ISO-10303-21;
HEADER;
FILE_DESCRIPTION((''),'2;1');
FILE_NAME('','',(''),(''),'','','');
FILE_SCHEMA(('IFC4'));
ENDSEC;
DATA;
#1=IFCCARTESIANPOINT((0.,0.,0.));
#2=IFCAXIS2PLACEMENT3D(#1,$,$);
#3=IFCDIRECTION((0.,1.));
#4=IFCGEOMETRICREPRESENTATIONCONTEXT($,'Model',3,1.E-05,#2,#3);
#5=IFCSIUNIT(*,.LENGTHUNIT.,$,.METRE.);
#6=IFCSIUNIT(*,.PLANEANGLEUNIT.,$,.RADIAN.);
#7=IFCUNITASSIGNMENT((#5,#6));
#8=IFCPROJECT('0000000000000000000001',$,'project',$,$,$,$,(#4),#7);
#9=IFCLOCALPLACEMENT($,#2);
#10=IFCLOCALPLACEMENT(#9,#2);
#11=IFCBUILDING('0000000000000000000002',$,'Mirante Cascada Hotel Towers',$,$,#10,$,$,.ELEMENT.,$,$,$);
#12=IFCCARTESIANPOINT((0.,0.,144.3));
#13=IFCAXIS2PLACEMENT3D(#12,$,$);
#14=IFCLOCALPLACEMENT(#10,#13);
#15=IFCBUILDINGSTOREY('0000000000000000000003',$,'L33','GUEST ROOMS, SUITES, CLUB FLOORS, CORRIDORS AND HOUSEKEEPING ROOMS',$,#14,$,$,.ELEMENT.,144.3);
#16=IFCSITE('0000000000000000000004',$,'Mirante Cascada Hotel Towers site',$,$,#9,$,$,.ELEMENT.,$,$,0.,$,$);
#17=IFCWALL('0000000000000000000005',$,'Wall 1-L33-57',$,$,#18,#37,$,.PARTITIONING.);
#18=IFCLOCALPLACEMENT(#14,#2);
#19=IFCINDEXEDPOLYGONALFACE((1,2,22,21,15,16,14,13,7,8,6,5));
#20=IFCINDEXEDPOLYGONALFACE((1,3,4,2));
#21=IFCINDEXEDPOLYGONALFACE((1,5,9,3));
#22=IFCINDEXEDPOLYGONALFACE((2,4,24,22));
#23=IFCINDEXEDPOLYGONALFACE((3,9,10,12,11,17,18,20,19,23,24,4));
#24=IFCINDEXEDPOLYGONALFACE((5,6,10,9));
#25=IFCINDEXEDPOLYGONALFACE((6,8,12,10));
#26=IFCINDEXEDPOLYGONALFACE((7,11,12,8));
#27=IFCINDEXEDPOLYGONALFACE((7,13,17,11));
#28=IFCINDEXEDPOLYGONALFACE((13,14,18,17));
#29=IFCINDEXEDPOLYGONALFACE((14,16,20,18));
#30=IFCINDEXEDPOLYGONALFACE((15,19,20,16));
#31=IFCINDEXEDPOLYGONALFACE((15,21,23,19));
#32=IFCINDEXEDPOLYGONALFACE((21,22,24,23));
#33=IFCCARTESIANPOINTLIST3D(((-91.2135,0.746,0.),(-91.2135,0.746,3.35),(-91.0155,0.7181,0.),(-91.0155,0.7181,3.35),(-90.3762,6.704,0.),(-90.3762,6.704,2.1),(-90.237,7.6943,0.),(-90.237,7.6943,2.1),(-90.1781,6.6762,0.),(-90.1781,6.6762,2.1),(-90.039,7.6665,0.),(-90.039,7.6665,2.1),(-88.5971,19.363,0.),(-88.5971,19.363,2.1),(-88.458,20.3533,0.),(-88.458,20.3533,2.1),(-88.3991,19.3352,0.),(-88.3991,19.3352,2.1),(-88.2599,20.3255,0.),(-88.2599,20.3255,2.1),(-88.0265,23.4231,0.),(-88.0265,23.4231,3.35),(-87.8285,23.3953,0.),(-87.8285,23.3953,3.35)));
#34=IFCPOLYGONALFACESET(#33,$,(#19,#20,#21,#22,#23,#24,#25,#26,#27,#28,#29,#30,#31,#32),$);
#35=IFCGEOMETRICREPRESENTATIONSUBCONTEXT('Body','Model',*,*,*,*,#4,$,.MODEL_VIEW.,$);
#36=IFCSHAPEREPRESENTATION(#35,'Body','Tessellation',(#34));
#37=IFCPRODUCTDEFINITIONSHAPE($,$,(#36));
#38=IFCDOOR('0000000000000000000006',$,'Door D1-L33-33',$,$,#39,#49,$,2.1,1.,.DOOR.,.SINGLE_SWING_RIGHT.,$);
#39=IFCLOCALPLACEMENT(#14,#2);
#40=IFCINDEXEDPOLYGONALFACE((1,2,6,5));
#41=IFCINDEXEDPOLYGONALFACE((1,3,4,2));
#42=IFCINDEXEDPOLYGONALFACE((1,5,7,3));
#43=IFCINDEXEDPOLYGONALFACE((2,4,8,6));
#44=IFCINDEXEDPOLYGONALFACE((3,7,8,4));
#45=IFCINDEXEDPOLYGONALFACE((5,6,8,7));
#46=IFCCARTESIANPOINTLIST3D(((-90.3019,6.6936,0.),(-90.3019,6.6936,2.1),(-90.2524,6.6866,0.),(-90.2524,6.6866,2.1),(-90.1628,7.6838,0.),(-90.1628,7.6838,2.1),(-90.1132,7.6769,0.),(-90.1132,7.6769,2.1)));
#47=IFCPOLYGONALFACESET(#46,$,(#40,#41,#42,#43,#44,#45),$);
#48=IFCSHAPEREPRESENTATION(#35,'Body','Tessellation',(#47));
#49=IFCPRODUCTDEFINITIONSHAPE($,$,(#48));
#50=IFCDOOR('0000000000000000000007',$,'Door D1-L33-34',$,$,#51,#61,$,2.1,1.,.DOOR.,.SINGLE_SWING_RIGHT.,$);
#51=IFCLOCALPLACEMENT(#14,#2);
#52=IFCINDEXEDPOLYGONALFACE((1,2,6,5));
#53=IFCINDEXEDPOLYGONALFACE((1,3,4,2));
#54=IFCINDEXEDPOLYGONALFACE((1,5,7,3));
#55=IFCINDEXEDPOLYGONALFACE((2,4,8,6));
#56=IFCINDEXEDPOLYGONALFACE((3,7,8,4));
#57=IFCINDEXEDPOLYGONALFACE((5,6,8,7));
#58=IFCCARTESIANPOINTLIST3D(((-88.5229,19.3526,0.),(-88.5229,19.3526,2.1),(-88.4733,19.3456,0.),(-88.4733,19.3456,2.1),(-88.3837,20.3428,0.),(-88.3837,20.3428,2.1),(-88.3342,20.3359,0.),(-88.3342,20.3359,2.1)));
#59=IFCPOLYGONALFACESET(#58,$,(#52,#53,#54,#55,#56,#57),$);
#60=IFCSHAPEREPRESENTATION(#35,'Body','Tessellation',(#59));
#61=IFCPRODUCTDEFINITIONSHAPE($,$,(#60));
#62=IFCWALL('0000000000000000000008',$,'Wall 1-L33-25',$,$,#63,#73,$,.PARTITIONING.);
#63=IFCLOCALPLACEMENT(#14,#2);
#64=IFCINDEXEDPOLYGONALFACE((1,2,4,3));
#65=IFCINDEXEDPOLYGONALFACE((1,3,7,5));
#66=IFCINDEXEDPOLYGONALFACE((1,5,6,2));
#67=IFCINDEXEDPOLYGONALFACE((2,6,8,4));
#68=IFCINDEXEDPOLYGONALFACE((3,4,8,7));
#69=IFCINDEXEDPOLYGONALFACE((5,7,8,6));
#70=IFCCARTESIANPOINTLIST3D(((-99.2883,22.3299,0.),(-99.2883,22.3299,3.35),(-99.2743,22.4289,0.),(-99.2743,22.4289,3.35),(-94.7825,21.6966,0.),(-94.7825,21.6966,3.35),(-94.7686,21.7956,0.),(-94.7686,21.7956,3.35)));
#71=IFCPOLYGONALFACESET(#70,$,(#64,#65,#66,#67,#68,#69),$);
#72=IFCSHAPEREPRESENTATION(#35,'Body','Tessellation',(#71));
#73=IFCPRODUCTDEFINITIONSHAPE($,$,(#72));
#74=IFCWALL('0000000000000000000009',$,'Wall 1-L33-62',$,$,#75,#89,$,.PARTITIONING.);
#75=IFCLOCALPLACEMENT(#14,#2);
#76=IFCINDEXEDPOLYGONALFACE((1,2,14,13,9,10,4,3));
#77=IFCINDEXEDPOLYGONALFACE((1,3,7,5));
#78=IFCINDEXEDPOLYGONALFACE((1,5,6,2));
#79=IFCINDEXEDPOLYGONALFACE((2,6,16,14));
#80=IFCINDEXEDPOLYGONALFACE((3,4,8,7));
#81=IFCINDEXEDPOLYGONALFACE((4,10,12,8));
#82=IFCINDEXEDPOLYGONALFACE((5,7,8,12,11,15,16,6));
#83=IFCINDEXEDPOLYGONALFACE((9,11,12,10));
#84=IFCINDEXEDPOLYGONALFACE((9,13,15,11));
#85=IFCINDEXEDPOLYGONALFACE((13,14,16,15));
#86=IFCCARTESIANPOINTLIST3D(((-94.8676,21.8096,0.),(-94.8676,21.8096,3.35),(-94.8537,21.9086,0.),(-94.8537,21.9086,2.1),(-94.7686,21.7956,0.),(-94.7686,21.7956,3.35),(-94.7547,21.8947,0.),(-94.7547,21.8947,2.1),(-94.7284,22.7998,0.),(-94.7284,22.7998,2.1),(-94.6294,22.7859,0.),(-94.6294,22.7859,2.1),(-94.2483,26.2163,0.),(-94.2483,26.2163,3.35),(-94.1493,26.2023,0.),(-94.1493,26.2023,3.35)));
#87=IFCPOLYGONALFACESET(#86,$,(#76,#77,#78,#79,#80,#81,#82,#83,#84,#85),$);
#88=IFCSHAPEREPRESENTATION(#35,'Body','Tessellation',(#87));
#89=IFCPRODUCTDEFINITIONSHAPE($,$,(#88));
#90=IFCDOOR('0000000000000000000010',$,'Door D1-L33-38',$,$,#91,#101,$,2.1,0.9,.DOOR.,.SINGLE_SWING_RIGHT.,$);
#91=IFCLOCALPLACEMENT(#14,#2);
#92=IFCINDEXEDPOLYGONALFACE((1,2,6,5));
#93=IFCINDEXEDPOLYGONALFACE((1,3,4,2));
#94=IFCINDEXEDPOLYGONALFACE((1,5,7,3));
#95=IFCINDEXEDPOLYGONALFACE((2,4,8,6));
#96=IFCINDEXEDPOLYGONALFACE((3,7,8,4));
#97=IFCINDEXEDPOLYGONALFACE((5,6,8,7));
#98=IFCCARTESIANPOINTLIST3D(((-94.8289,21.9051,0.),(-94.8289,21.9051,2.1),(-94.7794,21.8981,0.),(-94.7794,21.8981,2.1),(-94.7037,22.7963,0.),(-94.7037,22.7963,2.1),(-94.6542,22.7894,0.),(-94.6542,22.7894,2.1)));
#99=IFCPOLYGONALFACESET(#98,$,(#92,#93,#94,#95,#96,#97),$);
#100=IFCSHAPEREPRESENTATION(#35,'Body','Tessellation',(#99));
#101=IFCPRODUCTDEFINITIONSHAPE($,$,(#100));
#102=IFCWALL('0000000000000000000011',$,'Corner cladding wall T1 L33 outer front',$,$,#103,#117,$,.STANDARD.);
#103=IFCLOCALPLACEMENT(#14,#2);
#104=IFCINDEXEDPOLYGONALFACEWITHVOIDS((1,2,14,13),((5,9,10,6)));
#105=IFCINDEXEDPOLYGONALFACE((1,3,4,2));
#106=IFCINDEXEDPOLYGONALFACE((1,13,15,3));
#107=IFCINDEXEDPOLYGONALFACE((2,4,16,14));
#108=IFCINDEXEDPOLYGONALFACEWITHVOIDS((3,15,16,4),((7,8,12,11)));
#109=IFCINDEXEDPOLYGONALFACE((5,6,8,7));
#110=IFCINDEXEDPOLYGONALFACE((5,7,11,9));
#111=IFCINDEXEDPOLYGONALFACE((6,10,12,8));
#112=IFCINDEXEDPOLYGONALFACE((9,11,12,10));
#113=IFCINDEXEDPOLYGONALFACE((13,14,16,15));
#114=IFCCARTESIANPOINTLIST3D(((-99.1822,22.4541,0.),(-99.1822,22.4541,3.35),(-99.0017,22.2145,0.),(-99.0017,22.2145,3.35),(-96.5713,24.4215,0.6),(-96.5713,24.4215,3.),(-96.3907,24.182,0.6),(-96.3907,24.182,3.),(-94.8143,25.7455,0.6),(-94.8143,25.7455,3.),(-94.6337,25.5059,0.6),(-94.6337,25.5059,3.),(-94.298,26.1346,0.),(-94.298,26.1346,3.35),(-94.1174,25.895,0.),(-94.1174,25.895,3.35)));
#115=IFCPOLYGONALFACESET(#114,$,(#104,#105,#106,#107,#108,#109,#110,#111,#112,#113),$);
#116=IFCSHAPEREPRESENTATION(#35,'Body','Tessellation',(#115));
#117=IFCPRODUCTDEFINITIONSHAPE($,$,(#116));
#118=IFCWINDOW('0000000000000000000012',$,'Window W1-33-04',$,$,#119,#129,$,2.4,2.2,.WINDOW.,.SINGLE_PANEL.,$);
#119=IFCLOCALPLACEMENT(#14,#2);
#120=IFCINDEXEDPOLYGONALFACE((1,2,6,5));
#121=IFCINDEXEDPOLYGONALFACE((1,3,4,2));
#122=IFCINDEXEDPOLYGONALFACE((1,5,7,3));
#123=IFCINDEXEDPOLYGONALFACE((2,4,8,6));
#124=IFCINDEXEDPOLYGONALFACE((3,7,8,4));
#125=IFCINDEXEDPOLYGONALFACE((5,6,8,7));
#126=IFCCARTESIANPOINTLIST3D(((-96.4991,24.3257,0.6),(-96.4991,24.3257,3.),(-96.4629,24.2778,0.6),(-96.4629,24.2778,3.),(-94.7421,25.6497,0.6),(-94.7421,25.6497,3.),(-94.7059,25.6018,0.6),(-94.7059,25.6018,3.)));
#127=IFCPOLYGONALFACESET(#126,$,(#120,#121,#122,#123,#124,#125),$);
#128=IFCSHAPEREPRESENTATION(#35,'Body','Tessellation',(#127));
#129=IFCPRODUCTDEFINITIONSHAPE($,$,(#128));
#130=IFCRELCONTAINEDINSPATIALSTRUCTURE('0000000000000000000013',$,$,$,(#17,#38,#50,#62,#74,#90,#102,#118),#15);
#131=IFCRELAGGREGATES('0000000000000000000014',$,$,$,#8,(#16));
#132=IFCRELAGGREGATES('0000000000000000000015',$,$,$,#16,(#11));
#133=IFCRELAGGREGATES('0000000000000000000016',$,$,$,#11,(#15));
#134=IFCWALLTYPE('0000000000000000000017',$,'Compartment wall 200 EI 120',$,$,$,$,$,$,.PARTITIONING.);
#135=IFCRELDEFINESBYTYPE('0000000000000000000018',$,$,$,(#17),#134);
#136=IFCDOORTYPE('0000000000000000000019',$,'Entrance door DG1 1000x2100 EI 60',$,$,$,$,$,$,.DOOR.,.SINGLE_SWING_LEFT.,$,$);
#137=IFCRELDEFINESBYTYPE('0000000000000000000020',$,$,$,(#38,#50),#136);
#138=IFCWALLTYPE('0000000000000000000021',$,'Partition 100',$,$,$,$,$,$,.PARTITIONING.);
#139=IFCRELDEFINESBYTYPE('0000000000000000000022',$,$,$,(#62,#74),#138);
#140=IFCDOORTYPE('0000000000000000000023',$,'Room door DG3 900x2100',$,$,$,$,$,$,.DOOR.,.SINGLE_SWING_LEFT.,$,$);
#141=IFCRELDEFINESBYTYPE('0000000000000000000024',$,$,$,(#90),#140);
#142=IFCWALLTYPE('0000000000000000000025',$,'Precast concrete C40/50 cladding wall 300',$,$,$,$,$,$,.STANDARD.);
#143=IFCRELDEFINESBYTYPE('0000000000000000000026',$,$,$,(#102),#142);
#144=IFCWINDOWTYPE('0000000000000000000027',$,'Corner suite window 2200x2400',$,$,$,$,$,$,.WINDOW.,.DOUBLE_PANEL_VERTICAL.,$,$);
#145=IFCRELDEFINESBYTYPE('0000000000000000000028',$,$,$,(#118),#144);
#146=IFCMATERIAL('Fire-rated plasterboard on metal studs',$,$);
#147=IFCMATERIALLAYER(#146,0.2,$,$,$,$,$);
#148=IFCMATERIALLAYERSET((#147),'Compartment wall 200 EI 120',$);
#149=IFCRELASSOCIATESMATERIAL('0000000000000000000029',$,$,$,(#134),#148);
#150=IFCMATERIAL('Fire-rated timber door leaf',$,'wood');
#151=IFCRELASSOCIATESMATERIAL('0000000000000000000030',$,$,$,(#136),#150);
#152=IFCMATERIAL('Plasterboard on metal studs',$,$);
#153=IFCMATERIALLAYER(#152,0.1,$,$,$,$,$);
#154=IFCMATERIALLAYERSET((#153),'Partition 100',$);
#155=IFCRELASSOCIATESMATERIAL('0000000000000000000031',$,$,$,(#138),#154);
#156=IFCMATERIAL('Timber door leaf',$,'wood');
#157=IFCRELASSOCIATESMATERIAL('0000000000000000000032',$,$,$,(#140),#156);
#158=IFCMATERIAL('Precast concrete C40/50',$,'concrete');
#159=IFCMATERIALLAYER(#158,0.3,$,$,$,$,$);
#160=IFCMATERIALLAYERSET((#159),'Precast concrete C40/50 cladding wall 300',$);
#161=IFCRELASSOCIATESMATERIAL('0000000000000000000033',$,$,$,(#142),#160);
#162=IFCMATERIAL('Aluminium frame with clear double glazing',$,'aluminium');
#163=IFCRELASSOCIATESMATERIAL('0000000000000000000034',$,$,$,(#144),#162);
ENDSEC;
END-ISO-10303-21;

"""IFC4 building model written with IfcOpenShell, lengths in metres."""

from ifc_helpers import new_model, si_unit, direction, frame, frame_2d, origin, place, context, subcontext, project, spatial, rectangle, extrude, material, layer, layer_set, type_object, element, fill, save


model = new_model("IFC4")

# Units and contexts
model_context = context("Model", 3, precision=1e-05, world=origin(), true_north=direction((0.0, 1.0)))
body_context = subcontext(model_context, "Body", "Model", "MODEL_VIEW")
ifc_project = project(units=[si_unit("LENGTHUNIT", "METRE"), si_unit("PLANEANGLEUNIT", "RADIAN")], contexts=[model_context])

# Site, building, storey
site_placement = place(None, origin())
site = spatial("IfcSite", under=ifc_project, at=site_placement, Name="Mirante Cascada Hotel Towers site", CompositionType="ELEMENT", RefElevation=0.0)
building_placement = place(site_placement, origin())
building = spatial("IfcBuilding", under=site, at=building_placement, Name="Mirante Cascada Hotel Towers", CompositionType="ELEMENT")
storey_placement = place(building_placement, frame((0.0, 0.0, 144.3)))
storey = spatial("IfcBuildingStorey", under=building, at=storey_placement, Name="L33", Description="GUEST ROOMS, SUITES, CLUB FLOORS, CORRIDORS AND HOUSEKEEPING ROOMS", CompositionType="ELEMENT", Elevation=144.3)

# Shared definitions
ifc_material_1 = material(Name="Fire-rated plasterboard on metal studs")
ifc_layer_1 = layer(ifc_material_1, 0.2)
ifc_layer_set_1 = layer_set([ifc_layer_1], Name="Compartment wall 200 EI 120")
wall_type_1 = type_object("IfcWallType", Name="Compartment wall 200 EI 120", PredefinedType="PARTITIONING", material=ifc_layer_set_1)

# Wall, openings, doors
wall_1_placement = place(storey_placement, frame((-87.9275, 23.4092, 0.0), z_axis=(0.0, 0.0, 1.0), x_axis=(-0.139171, -0.990268, 0.0)))
wall_1 = element("IfcWall", 1, at=wall_1_placement, inside=storey, type_object=wall_type_1, Name="Wall 1-L33-57", PredefinedType="PARTITIONING", context=body_context, shape_type="SweptSolid", body=[
    extrude(rectangle(XDim=22.9, YDim=0.2, at=frame_2d((11.45, 0.0))), origin(), (0.0, 0.0, 1.0), 3.35),
])
opening_1_placement = place(wall_1_placement, frame((15.8834, 0.0, 0.0)))
opening_1 = element("IfcOpeningElement", 2, at=opening_1_placement, cuts=wall_1, PredefinedType="OPENING", context=body_context, shape_type="SweptSolid", body=[
    extrude(rectangle(XDim=1.0, YDim=2.1, at=frame_2d((0.5, 1.05))), frame((0.0, 0.1, 0.0), z_axis=(0.0, -1.0, 0.0), x_axis=(1.0, 0.0, 0.0)), (0.0, 0.0, 1.0), 0.2),
])
opening_2_placement = place(wall_1_placement, frame((3.1, 0.0, 0.0)))
opening_2 = element("IfcOpeningElement", 3, at=opening_2_placement, cuts=wall_1, PredefinedType="OPENING", context=body_context, shape_type="SweptSolid", body=[
    extrude(rectangle(XDim=1.0, YDim=2.1, at=frame_2d((0.5, 1.05))), frame((0.0, 0.1, 0.0), z_axis=(0.0, -1.0, 0.0), x_axis=(1.0, 0.0, 0.0)), (0.0, 0.0, 1.0), 0.2),
])
ifc_material_2 = material(Name="Fire-rated timber door leaf", Category="wood")
door_type_1 = type_object("IfcDoorType", Name="Entrance door DG1 1000x2100 EI 60", OperationType="SINGLE_SWING_LEFT", PredefinedType="DOOR", material=ifc_material_2)
door_1_placement = place(opening_1_placement, frame((1.0, 0.0, 0.0), z_axis=(0.0, 0.0, 1.0), x_axis=(-1.0, 0.0, 0.0)))
door_1 = element("IfcDoor", 4, at=door_1_placement, inside=storey, type_object=door_type_1, Name="Door D1-L33-33", OperationType="SINGLE_SWING_RIGHT", OverallHeight=2.1, OverallWidth=1.0, PredefinedType="DOOR", context=body_context, shape_type="SweptSolid", body=[
    extrude(rectangle(XDim=1.0, YDim=2.1, at=frame_2d((0.5, 1.05))), frame((0.0, 0.025, 0.0), z_axis=(0.0, -1.0, 0.0), x_axis=(1.0, 0.0, 0.0)), (0.0, 0.0, 1.0), 0.05),
])
fill(opening_1, door_1)
door_2_placement = place(opening_2_placement, frame((1.0, 0.0, 0.0), z_axis=(0.0, 0.0, 1.0), x_axis=(-1.0, 0.0, 0.0)))
door_2 = element("IfcDoor", 5, at=door_2_placement, inside=storey, type_object=door_type_1, Name="Door D1-L33-34", OperationType="SINGLE_SWING_RIGHT", OverallHeight=2.1, OverallWidth=1.0, PredefinedType="DOOR", context=body_context, shape_type="SweptSolid", body=[
    extrude(rectangle(XDim=1.0, YDim=2.1, at=frame_2d((0.5, 1.05))), frame((0.0, 0.025, 0.0), z_axis=(0.0, -1.0, 0.0), x_axis=(1.0, 0.0, 0.0)), (0.0, 0.0, 1.0), 0.05),
])
fill(opening_2, door_2)

# Wall
ifc_material_3 = material(Name="Plasterboard on metal studs")
ifc_layer_2 = layer(ifc_material_3, 0.1)
ifc_layer_set_2 = layer_set([ifc_layer_2], Name="Partition 100")
wall_type_2 = type_object("IfcWallType", Name="Partition 100", PredefinedType="PARTITIONING", material=ifc_layer_set_2)
wall_2_placement = place(storey_placement, frame((-99.2813, 22.3794, 0.0), z_axis=(0.0, 0.0, 1.0), x_axis=(0.990266, -0.139187, 0.0)))
element("IfcWall", 6, at=wall_2_placement, inside=storey, type_object=wall_type_2, Name="Wall 1-L33-25", PredefinedType="PARTITIONING", context=body_context, shape_type="SweptSolid", body=[
    extrude(rectangle(XDim=4.55, YDim=0.1, at=frame_2d((2.275, 0.0))), origin(), (0.0, 0.0, 1.0), 3.35),
])

# Wall, opening, door
wall_3_placement = place(storey_placement, frame((-94.8181, 21.8026, 0.0), z_axis=(0.0, 0.0, 1.0), x_axis=(0.139168, 0.990269, 0.0)))
wall_3 = element("IfcWall", 7, at=wall_3_placement, inside=storey, type_object=wall_type_2, Name="Wall 1-L33-62", PredefinedType="PARTITIONING", context=body_context, shape_type="SweptSolid", body=[
    extrude(rectangle(XDim=4.45, YDim=0.1, at=frame_2d((2.225, 0.0))), origin(), (0.0, 0.0, 1.0), 3.35),
])
opening_3_placement = place(wall_3_placement, frame((0.1, 0.0, 0.0)))
opening_3 = element("IfcOpeningElement", 8, at=opening_3_placement, cuts=wall_3, PredefinedType="OPENING", context=body_context, shape_type="SweptSolid", body=[
    extrude(rectangle(XDim=0.9, YDim=2.1, at=frame_2d((0.45, 1.05))), frame((0.0, 0.05, 0.0), z_axis=(0.0, -1.0, 0.0), x_axis=(1.0, 0.0, 0.0)), (0.0, 0.0, 1.0), 0.1),
])
ifc_material_4 = material(Name="Timber door leaf", Category="wood")
door_type_2 = type_object("IfcDoorType", Name="Room door DG3 900x2100", OperationType="SINGLE_SWING_LEFT", PredefinedType="DOOR", material=ifc_material_4)
door_3_placement = place(opening_3_placement, frame((0.9, 0.0, 0.0), z_axis=(0.0, 0.0, 1.0), x_axis=(-1.0, 0.0, 0.0)))
door_3 = element("IfcDoor", 9, at=door_3_placement, inside=storey, type_object=door_type_2, Name="Door D1-L33-38", OperationType="SINGLE_SWING_RIGHT", OverallHeight=2.1, OverallWidth=0.9, PredefinedType="DOOR", context=body_context, shape_type="SweptSolid", body=[
    extrude(rectangle(XDim=0.9, YDim=2.1, at=frame_2d((0.45, 1.05))), frame((0.0, 0.025, 0.0), z_axis=(0.0, -1.0, 0.0), x_axis=(1.0, 0.0, 0.0)), (0.0, 0.0, 1.0), 0.05),
])
fill(opening_3, door_3)

# Wall, opening, window
ifc_material_5 = material(Name="Precast concrete C40/50", Category="concrete")
ifc_layer_3 = layer(ifc_material_5, 0.3)
ifc_layer_set_3 = layer_set([ifc_layer_3], Name="Precast concrete C40/50 cladding wall 300")
wall_type_3 = type_object("IfcWallType", Name="Precast concrete C40/50 cladding wall 300", PredefinedType="STANDARD", material=ifc_layer_set_3)
wall_4_placement = place(storey_placement, frame((-99.0919, 22.3343, 0.0), z_axis=(0.0, 0.0, 1.0), x_axis=(0.798636, 0.601814, 0.0)))
wall_4 = element("IfcWall", 10, at=wall_4_placement, inside=storey, type_object=wall_type_3, Name="Corner cladding wall T1 L33 outer front", PredefinedType="STANDARD", context=body_context, shape_type="SweptSolid", body=[
    extrude(rectangle(XDim=6.1157, YDim=0.3, at=frame_2d((3.0578, 0.0))), origin(), (0.0, 0.0, 1.0), 3.35),
])
opening_4_placement = place(wall_4_placement, frame((3.2692, 0.0, 0.6)))
opening_4 = element("IfcOpeningElement", 11, at=opening_4_placement, cuts=wall_4, PredefinedType="OPENING", context=body_context, shape_type="SweptSolid", body=[
    extrude(rectangle(XDim=2.2, YDim=2.4, at=frame_2d((1.1, 1.2))), frame((0.0, 0.15, 0.0), z_axis=(0.0, -1.0, 0.0), x_axis=(1.0, 0.0, 0.0)), (0.0, 0.0, 1.0), 0.3),
])
ifc_material_6 = material(Name="Aluminium frame with clear double glazing", Category="aluminium")
window_type = type_object("IfcWindowType", Name="Corner suite window 2200x2400", PartitioningType="DOUBLE_PANEL_VERTICAL", PredefinedType="WINDOW", material=ifc_material_6)
window_placement = place(opening_4_placement, origin())
window = element("IfcWindow", 12, at=window_placement, inside=storey, type_object=window_type, Name="Window W1-33-04", OverallHeight=2.4, OverallWidth=2.2, PartitioningType="SINGLE_PANEL", PredefinedType="WINDOW", context=body_context, shape_type="SweptSolid", body=[
    extrude(rectangle(XDim=2.2, YDim=2.4, at=frame_2d((1.1, 1.2))), frame((0.0, 0.03, 0.0), z_axis=(0.0, -1.0, 0.0), x_axis=(1.0, 0.0, 0.0)), (0.0, 0.0, 1.0), 0.06),
])
fill(opening_4, window)

save(model, "model.ifc")
